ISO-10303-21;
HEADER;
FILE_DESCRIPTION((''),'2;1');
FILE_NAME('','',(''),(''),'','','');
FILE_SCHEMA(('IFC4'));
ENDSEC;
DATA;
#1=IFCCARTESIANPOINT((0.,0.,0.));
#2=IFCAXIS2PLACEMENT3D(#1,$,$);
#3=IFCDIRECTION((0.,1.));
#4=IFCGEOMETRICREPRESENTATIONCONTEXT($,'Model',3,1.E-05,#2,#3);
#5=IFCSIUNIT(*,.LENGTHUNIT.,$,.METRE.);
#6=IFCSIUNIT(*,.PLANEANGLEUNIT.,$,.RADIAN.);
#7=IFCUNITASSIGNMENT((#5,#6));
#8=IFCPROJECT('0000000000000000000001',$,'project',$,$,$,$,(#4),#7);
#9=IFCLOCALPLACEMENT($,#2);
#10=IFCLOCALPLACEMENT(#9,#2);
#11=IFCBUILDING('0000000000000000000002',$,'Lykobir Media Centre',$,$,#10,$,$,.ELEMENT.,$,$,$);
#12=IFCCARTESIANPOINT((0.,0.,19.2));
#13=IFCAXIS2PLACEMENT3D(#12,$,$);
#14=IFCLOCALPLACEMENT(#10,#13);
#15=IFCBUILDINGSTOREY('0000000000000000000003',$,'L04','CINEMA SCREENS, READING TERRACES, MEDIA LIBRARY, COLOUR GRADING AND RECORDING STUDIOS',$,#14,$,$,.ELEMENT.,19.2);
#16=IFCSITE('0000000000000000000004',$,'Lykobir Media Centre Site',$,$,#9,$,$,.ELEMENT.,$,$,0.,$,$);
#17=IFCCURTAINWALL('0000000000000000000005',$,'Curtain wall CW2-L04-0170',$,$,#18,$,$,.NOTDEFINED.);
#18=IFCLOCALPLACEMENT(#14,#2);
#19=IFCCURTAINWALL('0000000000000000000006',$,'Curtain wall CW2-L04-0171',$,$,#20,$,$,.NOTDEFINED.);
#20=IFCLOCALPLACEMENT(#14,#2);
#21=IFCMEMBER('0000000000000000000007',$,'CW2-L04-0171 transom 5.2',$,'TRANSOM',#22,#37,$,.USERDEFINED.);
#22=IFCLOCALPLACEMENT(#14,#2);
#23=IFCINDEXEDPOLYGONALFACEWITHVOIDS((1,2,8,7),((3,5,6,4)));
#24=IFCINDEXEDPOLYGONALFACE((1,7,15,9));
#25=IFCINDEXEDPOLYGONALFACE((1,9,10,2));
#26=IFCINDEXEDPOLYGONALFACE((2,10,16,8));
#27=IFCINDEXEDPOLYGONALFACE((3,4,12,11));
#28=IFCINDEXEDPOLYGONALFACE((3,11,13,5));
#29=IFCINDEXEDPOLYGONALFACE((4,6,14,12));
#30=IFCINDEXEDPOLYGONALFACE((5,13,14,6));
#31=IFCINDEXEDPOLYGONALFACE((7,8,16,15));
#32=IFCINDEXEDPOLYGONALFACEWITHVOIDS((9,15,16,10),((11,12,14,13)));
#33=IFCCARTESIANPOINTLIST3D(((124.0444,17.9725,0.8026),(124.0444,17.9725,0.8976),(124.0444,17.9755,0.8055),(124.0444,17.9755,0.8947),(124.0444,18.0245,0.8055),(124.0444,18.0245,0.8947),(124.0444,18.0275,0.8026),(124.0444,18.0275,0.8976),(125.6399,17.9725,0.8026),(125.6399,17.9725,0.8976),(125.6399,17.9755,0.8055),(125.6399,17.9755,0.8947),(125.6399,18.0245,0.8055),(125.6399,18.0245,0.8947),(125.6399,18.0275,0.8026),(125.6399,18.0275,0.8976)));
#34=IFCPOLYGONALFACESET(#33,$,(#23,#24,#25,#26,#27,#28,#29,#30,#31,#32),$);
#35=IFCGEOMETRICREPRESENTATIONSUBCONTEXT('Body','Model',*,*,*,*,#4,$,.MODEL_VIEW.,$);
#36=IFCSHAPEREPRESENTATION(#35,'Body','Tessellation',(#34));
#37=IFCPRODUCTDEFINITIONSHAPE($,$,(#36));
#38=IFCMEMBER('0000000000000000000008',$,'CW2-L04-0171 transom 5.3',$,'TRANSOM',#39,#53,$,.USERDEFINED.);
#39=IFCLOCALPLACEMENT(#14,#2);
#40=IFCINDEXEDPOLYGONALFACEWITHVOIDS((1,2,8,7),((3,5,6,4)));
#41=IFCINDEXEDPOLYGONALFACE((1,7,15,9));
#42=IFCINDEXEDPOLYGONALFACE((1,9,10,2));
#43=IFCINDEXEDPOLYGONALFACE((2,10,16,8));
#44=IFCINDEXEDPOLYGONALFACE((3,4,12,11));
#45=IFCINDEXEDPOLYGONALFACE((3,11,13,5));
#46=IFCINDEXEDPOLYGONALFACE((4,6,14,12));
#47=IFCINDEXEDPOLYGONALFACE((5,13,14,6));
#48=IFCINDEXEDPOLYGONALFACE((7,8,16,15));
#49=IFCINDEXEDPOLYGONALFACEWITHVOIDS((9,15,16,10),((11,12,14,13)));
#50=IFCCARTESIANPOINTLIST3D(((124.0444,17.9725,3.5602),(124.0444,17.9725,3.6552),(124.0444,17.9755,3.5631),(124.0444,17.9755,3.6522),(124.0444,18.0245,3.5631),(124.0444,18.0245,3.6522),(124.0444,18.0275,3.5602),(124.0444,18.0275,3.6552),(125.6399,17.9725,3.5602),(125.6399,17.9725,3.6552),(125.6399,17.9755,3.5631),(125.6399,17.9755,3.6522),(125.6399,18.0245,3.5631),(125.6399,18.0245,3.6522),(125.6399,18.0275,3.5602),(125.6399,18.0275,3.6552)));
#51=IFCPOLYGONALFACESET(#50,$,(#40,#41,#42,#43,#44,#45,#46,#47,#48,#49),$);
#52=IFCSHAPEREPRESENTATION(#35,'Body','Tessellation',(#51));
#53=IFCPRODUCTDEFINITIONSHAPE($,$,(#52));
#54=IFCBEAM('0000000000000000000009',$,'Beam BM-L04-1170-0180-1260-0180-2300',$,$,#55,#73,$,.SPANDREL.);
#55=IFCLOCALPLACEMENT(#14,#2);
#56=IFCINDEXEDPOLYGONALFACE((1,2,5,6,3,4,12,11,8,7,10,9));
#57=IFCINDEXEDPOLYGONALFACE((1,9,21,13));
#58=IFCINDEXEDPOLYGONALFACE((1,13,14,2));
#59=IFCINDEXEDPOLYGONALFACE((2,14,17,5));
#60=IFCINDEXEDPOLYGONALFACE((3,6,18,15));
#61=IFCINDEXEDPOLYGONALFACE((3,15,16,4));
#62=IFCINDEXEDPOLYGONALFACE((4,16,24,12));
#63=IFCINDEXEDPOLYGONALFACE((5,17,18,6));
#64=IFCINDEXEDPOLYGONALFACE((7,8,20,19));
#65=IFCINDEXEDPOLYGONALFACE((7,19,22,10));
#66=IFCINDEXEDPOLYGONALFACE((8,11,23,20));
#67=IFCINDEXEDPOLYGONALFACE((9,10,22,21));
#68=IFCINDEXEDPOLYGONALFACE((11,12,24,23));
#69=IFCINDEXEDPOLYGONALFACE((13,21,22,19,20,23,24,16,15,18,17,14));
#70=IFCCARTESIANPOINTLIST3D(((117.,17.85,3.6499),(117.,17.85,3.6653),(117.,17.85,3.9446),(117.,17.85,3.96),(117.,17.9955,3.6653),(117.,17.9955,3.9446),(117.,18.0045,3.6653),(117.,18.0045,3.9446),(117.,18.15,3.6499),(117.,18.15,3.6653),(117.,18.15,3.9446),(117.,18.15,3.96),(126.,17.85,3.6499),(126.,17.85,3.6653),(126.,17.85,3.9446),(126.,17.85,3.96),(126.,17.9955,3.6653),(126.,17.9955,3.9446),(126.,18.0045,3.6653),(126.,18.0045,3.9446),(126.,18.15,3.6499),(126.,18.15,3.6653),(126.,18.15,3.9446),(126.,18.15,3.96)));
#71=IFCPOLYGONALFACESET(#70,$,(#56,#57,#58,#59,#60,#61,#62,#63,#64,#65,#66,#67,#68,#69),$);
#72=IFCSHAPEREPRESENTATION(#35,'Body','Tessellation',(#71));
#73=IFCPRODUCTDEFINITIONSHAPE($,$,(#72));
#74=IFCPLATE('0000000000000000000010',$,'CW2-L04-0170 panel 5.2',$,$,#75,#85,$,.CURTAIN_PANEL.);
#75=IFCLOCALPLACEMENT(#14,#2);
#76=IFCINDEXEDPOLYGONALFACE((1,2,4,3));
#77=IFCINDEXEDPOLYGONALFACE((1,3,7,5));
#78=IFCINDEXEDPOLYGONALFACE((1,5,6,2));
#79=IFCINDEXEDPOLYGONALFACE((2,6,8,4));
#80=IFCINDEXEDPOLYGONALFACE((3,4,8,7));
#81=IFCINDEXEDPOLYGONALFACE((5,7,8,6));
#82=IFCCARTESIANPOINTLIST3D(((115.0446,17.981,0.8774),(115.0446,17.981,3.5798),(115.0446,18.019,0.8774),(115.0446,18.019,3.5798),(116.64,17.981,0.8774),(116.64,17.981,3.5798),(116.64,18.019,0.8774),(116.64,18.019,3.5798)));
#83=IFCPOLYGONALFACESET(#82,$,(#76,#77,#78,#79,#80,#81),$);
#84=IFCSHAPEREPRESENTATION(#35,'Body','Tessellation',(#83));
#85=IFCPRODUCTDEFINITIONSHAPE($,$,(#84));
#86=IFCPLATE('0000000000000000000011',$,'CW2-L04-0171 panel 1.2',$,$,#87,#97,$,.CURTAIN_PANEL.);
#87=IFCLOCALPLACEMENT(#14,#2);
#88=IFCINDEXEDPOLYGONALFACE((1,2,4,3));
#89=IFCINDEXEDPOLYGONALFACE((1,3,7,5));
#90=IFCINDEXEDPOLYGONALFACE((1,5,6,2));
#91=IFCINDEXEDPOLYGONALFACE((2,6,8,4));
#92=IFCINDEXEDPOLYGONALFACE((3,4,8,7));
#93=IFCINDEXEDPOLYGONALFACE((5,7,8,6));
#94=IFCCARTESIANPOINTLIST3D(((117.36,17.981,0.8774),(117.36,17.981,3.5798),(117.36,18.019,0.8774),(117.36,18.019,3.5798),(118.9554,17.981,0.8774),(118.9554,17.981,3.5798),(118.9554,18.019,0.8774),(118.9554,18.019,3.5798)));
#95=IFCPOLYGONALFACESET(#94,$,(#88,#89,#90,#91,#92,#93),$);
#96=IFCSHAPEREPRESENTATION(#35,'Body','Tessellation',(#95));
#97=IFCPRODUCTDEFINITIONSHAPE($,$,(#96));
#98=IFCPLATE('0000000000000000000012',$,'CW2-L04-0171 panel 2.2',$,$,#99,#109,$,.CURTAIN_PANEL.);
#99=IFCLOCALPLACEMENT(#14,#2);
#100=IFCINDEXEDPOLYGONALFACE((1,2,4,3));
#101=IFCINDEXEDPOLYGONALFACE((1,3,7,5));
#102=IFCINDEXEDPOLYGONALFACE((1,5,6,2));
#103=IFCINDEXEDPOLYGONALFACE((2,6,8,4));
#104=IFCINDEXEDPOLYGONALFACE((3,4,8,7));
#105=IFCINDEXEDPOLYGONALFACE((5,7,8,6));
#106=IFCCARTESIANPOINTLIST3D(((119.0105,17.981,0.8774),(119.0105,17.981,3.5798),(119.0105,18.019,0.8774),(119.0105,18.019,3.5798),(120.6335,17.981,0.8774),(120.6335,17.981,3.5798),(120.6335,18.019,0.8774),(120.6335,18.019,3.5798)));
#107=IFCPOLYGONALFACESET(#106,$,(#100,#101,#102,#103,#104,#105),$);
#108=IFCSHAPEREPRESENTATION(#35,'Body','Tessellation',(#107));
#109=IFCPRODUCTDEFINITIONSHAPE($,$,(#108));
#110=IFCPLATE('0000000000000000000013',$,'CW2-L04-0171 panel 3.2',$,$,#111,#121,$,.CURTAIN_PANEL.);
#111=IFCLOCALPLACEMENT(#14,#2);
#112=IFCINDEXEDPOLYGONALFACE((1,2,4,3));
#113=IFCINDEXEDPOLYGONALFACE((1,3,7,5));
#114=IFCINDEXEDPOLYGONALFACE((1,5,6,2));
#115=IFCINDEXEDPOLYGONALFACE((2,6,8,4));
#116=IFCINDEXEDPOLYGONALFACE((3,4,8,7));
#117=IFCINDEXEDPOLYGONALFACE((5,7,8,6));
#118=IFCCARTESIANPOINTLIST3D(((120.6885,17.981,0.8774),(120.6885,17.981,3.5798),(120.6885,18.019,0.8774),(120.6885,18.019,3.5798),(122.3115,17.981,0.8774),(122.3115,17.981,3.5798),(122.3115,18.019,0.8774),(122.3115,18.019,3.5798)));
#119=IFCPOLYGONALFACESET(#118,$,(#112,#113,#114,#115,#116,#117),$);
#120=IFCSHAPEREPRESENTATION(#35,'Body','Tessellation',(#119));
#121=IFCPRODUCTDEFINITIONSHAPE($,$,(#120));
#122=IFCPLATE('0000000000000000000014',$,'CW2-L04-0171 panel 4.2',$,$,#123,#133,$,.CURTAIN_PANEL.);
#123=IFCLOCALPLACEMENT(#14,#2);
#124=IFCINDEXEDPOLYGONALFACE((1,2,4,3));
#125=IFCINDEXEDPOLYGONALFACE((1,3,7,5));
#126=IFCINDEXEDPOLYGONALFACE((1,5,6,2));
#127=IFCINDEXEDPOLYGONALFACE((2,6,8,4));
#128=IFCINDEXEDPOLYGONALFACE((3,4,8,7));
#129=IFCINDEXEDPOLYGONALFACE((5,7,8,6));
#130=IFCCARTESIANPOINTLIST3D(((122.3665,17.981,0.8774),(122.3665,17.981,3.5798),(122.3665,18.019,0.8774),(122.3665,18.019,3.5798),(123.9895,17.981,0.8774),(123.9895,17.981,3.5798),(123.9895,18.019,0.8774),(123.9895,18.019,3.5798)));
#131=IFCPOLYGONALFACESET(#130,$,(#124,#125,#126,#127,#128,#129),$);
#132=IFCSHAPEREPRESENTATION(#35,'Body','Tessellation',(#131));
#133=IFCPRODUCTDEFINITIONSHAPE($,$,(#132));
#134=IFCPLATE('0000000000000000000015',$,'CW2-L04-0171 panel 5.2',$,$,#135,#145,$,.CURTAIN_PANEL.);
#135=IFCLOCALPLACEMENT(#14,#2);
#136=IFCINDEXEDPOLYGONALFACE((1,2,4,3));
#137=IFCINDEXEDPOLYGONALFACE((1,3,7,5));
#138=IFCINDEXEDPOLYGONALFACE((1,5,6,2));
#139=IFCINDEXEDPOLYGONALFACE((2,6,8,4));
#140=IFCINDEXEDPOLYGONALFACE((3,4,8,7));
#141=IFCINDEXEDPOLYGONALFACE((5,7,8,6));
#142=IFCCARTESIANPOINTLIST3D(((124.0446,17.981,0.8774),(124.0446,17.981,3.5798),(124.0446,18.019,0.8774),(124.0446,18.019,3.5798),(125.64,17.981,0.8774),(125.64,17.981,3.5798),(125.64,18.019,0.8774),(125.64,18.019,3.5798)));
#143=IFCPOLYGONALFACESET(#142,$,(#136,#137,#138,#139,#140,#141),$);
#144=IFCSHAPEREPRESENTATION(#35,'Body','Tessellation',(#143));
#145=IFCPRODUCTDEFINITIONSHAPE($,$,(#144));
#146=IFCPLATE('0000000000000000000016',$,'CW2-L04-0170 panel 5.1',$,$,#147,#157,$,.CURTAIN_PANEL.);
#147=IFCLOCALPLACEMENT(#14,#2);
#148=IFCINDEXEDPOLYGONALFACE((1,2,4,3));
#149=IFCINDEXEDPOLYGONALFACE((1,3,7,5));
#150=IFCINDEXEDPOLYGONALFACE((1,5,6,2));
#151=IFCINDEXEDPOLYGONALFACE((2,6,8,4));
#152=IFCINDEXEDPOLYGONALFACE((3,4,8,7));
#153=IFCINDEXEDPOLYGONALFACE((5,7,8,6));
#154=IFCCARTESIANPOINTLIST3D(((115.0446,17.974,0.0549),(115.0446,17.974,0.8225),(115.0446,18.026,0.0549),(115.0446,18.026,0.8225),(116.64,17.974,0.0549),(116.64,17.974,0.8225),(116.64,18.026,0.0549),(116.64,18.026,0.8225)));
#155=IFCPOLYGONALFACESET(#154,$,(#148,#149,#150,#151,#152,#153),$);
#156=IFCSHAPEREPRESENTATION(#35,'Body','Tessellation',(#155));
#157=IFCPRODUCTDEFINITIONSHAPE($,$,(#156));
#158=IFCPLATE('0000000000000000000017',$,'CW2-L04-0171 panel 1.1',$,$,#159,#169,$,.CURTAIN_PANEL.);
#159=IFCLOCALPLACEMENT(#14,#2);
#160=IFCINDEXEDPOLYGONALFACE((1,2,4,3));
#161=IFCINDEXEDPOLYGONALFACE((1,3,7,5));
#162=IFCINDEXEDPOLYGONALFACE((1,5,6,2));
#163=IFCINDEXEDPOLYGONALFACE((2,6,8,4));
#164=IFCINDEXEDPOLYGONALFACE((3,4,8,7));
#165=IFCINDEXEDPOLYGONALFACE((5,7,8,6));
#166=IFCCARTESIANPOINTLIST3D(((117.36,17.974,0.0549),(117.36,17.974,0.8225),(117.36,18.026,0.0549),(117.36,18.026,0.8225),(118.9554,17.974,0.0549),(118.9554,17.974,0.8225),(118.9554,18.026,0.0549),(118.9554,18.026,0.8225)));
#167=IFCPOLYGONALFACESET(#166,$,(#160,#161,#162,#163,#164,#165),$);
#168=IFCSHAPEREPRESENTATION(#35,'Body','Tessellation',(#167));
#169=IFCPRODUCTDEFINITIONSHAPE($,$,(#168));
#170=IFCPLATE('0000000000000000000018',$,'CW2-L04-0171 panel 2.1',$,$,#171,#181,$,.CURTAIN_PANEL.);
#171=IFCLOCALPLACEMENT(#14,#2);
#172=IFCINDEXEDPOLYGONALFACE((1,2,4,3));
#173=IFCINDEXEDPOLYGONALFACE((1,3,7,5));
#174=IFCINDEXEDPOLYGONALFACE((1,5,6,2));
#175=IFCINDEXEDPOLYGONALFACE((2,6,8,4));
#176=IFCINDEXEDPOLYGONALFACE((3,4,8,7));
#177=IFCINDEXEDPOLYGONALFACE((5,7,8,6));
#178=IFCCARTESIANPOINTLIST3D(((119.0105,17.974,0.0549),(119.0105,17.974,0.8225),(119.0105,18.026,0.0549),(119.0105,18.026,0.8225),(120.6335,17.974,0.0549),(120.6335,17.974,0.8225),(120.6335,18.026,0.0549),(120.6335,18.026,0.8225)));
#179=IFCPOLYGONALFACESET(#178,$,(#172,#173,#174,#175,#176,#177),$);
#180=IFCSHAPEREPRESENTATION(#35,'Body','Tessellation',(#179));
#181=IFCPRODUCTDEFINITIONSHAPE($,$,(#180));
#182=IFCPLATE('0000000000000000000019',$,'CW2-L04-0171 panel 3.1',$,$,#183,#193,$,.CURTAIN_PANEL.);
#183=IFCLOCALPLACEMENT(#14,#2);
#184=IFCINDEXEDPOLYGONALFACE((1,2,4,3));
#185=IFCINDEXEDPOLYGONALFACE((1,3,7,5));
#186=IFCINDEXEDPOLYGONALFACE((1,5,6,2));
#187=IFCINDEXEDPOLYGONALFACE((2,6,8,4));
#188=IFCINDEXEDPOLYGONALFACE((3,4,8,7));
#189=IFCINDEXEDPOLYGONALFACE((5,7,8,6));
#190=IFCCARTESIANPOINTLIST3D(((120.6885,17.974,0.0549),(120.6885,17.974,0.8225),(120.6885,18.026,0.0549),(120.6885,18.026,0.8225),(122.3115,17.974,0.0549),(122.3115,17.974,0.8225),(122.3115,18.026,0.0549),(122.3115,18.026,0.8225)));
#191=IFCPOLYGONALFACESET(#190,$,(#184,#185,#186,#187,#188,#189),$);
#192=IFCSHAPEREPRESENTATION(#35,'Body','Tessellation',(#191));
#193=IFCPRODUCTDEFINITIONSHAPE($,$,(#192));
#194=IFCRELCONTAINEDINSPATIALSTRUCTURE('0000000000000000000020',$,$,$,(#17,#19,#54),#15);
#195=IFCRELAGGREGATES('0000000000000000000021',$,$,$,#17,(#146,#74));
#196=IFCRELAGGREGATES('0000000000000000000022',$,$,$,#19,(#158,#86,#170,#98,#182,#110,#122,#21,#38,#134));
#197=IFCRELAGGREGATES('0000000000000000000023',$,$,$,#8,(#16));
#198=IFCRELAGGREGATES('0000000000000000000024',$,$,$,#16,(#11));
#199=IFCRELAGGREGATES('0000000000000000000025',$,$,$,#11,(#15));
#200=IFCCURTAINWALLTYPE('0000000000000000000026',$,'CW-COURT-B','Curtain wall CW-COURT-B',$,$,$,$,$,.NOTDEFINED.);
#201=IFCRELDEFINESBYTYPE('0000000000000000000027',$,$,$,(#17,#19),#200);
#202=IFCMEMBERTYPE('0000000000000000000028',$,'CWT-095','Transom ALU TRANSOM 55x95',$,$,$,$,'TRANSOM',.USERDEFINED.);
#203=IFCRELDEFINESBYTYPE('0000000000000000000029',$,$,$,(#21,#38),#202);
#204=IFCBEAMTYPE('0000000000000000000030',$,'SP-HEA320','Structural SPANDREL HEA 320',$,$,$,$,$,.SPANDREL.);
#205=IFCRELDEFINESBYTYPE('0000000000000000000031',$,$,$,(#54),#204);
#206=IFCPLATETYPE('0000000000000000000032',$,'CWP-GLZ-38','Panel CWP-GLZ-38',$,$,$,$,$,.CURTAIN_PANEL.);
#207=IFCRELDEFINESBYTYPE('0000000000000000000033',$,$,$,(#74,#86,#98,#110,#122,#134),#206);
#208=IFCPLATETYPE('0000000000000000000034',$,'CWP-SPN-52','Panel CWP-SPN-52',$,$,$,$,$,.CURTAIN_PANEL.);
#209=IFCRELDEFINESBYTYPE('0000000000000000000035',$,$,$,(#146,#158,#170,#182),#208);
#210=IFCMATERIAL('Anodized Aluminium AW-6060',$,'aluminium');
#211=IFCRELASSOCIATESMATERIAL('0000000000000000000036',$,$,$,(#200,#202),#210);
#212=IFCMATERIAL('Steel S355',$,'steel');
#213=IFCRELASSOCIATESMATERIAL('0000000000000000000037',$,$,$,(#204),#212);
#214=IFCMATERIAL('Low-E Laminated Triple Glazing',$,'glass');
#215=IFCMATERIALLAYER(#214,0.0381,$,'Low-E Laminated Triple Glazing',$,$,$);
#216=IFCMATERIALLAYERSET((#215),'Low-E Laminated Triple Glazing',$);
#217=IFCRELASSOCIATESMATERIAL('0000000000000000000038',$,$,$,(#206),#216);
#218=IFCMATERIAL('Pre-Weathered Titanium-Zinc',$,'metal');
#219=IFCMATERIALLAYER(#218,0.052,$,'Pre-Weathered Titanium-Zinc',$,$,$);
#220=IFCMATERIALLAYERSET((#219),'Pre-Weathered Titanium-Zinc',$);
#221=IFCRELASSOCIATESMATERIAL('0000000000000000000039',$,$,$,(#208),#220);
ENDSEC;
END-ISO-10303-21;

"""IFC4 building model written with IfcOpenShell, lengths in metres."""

from ifc_helpers import new_model, si_unit, direction, frame, origin, origin_2d, place, context, subcontext, project, spatial, rectangle, hollow_rectangle, i_section, extrude, material, layer, layer_set, material_profile, profile_set, type_object, element, aggregate, save


model = new_model("IFC4")

# Units and contexts
model_context = context("Model", 3, precision=1e-05, world=origin(), true_north=direction((0.0, 1.0)))
body_context = subcontext(model_context, "Body", "Model", "MODEL_VIEW")
ifc_project = project(units=[si_unit("LENGTHUNIT", "METRE"), si_unit("PLANEANGLEUNIT", "RADIAN")], contexts=[model_context])

# Site, building, storey
site_placement = place(None, origin())
site = spatial("IfcSite", under=ifc_project, at=site_placement, Name="Lykobir Media Centre Site", CompositionType="ELEMENT", RefElevation=0.0)
building_placement = place(site_placement, origin())
building = spatial("IfcBuilding", under=site, at=building_placement, Name="Lykobir Media Centre", CompositionType="ELEMENT")
storey_placement = place(building_placement, frame((0.0, 0.0, 19.2)))
storey = spatial("IfcBuildingStorey", under=building, at=storey_placement, Name="L04", Description="CINEMA SCREENS, READING TERRACES, MEDIA LIBRARY, COLOUR GRADING AND RECORDING STUDIOS", CompositionType="ELEMENT", Elevation=19.2)

# Curtain wall
ifc_material_1 = material(Name="Anodized Aluminium AW-6060", Category="aluminium")
curtain_wall_type = type_object("IfcCurtainWallType", Name="CW-COURT-B", Description="Curtain wall CW-COURT-B", PredefinedType="NOTDEFINED", material=ifc_material_1)
curtain_wall_1_placement = place(storey_placement, origin())
curtain_wall_1 = element("IfcCurtainWall", 1, at=curtain_wall_1_placement, inside=storey, type_object=curtain_wall_type, Name="Curtain wall CW2-L04-0170", PredefinedType="NOTDEFINED")

# Curtain wall, members
curtain_wall_2_placement = place(storey_placement, origin())
curtain_wall_2 = element("IfcCurtainWall", 2, at=curtain_wall_2_placement, inside=storey, type_object=curtain_wall_type, Name="Curtain wall CW2-L04-0171", PredefinedType="NOTDEFINED")
ifc_material_profile_1 = material_profile(ifc_material_1, hollow_rectangle(XDim=0.0549, YDim=0.095, WallThickness=0.0029, at=origin_2d()), Name="ALU TRANSOM 55x95")
ifc_profile_set_1 = profile_set([ifc_material_profile_1], Name="Anodized Aluminium AW-6060")
member_type_1 = type_object("IfcMemberType", Name="CWT-095", Description="Transom ALU TRANSOM 55x95", ElementType="TRANSOM", PredefinedType="USERDEFINED", material=ifc_profile_set_1)
member_1_placement = place(storey_placement, frame((124.0444, 18.0, 0.8501), z_axis=(1.0, 0.0, 0.0), x_axis=(0.0, 1.0, 0.0)))
member_1 = element("IfcMember", 3, at=member_1_placement, type_object=member_type_1, Name="CW2-L04-0171 transom 5.2", ObjectType="TRANSOM", PredefinedType="USERDEFINED", context=body_context, shape_type="SweptSolid", body=[
    extrude(hollow_rectangle(XDim=0.0549, YDim=0.095, WallThickness=0.0029, at=origin_2d()), origin(), (0.0, 0.0, 1.0), 1.5955),
])
member_2_placement = place(storey_placement, frame((124.0444, 18.0, 3.6077), z_axis=(1.0, 0.0, 0.0), x_axis=(0.0, 1.0, 0.0)))
member_2 = element("IfcMember", 4, at=member_2_placement, type_object=member_type_1, Name="CW2-L04-0171 transom 5.3", ObjectType="TRANSOM", PredefinedType="USERDEFINED", context=body_context, shape_type="SweptSolid", body=[
    extrude(hollow_rectangle(XDim=0.0549, YDim=0.095, WallThickness=0.0029, at=origin_2d()), origin(), (0.0, 0.0, 1.0), 1.5955),
])

# Beam
ifc_material_2 = material(Name="Steel S355", Category="steel")
ifc_material_profile_2 = material_profile(ifc_material_2, i_section(OverallWidth=0.3, OverallDepth=0.3101, WebThickness=0.009, FlangeThickness=0.0154, at=origin_2d()), Name="HEA 320")
ifc_profile_set_2 = profile_set([ifc_material_profile_2], Name="Steel S355")
beam_type = type_object("IfcBeamType", Name="SP-HEA320", Description="Structural SPANDREL HEA 320", PredefinedType="SPANDREL", material=ifc_profile_set_2)
beam_placement = place(storey_placement, frame((117.0, 18.0, 3.8049), z_axis=(1.0, 0.0, 0.0), x_axis=(0.0, 1.0, 0.0)))
element("IfcBeam", 5, at=beam_placement, inside=storey, type_object=beam_type, Name="Beam BM-L04-1170-0180-1260-0180-2300", PredefinedType="SPANDREL", context=body_context, shape_type="SweptSolid", body=[
    extrude(i_section(OverallWidth=0.3, OverallDepth=0.3101, WebThickness=0.009, FlangeThickness=0.0154, at=origin_2d()), origin(), (0.0, 0.0, 1.0), 9.0),
])

# Plates
ifc_material_3 = material(Name="Low-E Laminated Triple Glazing", Category="glass")
ifc_layer_1 = layer(ifc_material_3, 0.0381, Name="Low-E Laminated Triple Glazing")
ifc_layer_set_1 = layer_set([ifc_layer_1], Name="Low-E Laminated Triple Glazing")
plate_type_1 = type_object("IfcPlateType", Name="CWP-GLZ-38", Description="Panel CWP-GLZ-38", PredefinedType="CURTAIN_PANEL", material=ifc_layer_set_1)
plate_1_placement = place(storey_placement, frame((115.8423, 18.0, 0.8774), z_axis=(0.0, 0.0, 1.0), x_axis=(1.0, 0.0, 0.0)))
plate_1 = element("IfcPlate", 6, at=plate_1_placement, type_object=plate_type_1, Name="CW2-L04-0170 panel 5.2", PredefinedType="CURTAIN_PANEL", context=body_context, shape_type="SweptSolid", body=[
    extrude(rectangle(XDim=1.5955, YDim=0.0381, at=origin_2d()), origin(), (0.0, 0.0, 1.0), 2.7024),
])
plate_2_placement = place(storey_placement, frame((118.1577, 18.0, 0.8774), z_axis=(0.0, 0.0, 1.0), x_axis=(1.0, 0.0, 0.0)))
plate_2 = element("IfcPlate", 7, at=plate_2_placement, type_object=plate_type_1, Name="CW2-L04-0171 panel 1.2", PredefinedType="CURTAIN_PANEL", context=body_context, shape_type="SweptSolid", body=[
    extrude(rectangle(XDim=1.5955, YDim=0.0381, at=origin_2d()), origin(), (0.0, 0.0, 1.0), 2.7024),
])
plate_3_placement = place(storey_placement, frame((119.822, 18.0, 0.8774), z_axis=(0.0, 0.0, 1.0), x_axis=(1.0, 0.0, 0.0)))
plate_3 = element("IfcPlate", 8, at=plate_3_placement, type_object=plate_type_1, Name="CW2-L04-0171 panel 2.2", PredefinedType="CURTAIN_PANEL", context=body_context, shape_type="SweptSolid", body=[
    extrude(rectangle(XDim=1.623, YDim=0.0381, at=origin_2d()), origin(), (0.0, 0.0, 1.0), 2.7024),
])
plate_4_placement = place(storey_placement, frame((121.5, 18.0, 0.8774), z_axis=(0.0, 0.0, 1.0), x_axis=(1.0, 0.0, 0.0)))
plate_4 = element("IfcPlate", 9, at=plate_4_placement, type_object=plate_type_1, Name="CW2-L04-0171 panel 3.2", PredefinedType="CURTAIN_PANEL", context=body_context, shape_type="SweptSolid", body=[
    extrude(rectangle(XDim=1.623, YDim=0.0381, at=origin_2d()), origin(), (0.0, 0.0, 1.0), 2.7024),
])
plate_5_placement = place(storey_placement, frame((123.178, 18.0, 0.8774), z_axis=(0.0, 0.0, 1.0), x_axis=(1.0, 0.0, 0.0)))
plate_5 = element("IfcPlate", 10, at=plate_5_placement, type_object=plate_type_1, Name="CW2-L04-0171 panel 4.2", PredefinedType="CURTAIN_PANEL", context=body_context, shape_type="SweptSolid", body=[
    extrude(rectangle(XDim=1.623, YDim=0.0381, at=origin_2d()), origin(), (0.0, 0.0, 1.0), 2.7024),
])
plate_6_placement = place(storey_placement, frame((124.8423, 18.0, 0.8774), z_axis=(0.0, 0.0, 1.0), x_axis=(1.0, 0.0, 0.0)))
plate_6 = element("IfcPlate", 11, at=plate_6_placement, type_object=plate_type_1, Name="CW2-L04-0171 panel 5.2", PredefinedType="CURTAIN_PANEL", context=body_context, shape_type="SweptSolid", body=[
    extrude(rectangle(XDim=1.5955, YDim=0.0381, at=origin_2d()), origin(), (0.0, 0.0, 1.0), 2.7024),
])
ifc_material_4 = material(Name="Pre-Weathered Titanium-Zinc", Category="metal")
ifc_layer_2 = layer(ifc_material_4, 0.052, Name="Pre-Weathered Titanium-Zinc")
ifc_layer_set_2 = layer_set([ifc_layer_2], Name="Pre-Weathered Titanium-Zinc")
plate_type_2 = type_object("IfcPlateType", Name="CWP-SPN-52", Description="Panel CWP-SPN-52", PredefinedType="CURTAIN_PANEL", material=ifc_layer_set_2)
plate_7_placement = place(storey_placement, frame((115.8423, 18.0, 0.0549), z_axis=(0.0, 0.0, 1.0), x_axis=(1.0, 0.0, 0.0)))
plate_7 = element("IfcPlate", 12, at=plate_7_placement, type_object=plate_type_2, Name="CW2-L04-0170 panel 5.1", PredefinedType="CURTAIN_PANEL", context=body_context, shape_type="SweptSolid", body=[
    extrude(rectangle(XDim=1.5955, YDim=0.052, at=origin_2d()), origin(), (0.0, 0.0, 1.0), 0.7676),
])
aggregate(curtain_wall_1, [plate_7, plate_1])
plate_8_placement = place(storey_placement, frame((118.1577, 18.0, 0.0549), z_axis=(0.0, 0.0, 1.0), x_axis=(1.0, 0.0, 0.0)))
plate_8 = element("IfcPlate", 13, at=plate_8_placement, type_object=plate_type_2, Name="CW2-L04-0171 panel 1.1", PredefinedType="CURTAIN_PANEL", context=body_context, shape_type="SweptSolid", body=[
    extrude(rectangle(XDim=1.5955, YDim=0.052, at=origin_2d()), origin(), (0.0, 0.0, 1.0), 0.7676),
])
plate_9_placement = place(storey_placement, frame((119.822, 18.0, 0.0549), z_axis=(0.0, 0.0, 1.0), x_axis=(1.0, 0.0, 0.0)))
plate_9 = element("IfcPlate", 14, at=plate_9_placement, type_object=plate_type_2, Name="CW2-L04-0171 panel 2.1", PredefinedType="CURTAIN_PANEL", context=body_context, shape_type="SweptSolid", body=[
    extrude(rectangle(XDim=1.623, YDim=0.052, at=origin_2d()), origin(), (0.0, 0.0, 1.0), 0.7676),
])
plate_10_placement = place(storey_placement, frame((121.5, 18.0, 0.0549), z_axis=(0.0, 0.0, 1.0), x_axis=(1.0, 0.0, 0.0)))
plate_10 = element("IfcPlate", 15, at=plate_10_placement, type_object=plate_type_2, Name="CW2-L04-0171 panel 3.1", PredefinedType="CURTAIN_PANEL", context=body_context, shape_type="SweptSolid", body=[
    extrude(rectangle(XDim=1.623, YDim=0.052, at=origin_2d()), origin(), (0.0, 0.0, 1.0), 0.7676),
])
aggregate(curtain_wall_2, [plate_8, plate_2, plate_9, plate_3, plate_10, plate_4, plate_5, member_1, member_2, plate_6])

save(model, "model.ifc")
